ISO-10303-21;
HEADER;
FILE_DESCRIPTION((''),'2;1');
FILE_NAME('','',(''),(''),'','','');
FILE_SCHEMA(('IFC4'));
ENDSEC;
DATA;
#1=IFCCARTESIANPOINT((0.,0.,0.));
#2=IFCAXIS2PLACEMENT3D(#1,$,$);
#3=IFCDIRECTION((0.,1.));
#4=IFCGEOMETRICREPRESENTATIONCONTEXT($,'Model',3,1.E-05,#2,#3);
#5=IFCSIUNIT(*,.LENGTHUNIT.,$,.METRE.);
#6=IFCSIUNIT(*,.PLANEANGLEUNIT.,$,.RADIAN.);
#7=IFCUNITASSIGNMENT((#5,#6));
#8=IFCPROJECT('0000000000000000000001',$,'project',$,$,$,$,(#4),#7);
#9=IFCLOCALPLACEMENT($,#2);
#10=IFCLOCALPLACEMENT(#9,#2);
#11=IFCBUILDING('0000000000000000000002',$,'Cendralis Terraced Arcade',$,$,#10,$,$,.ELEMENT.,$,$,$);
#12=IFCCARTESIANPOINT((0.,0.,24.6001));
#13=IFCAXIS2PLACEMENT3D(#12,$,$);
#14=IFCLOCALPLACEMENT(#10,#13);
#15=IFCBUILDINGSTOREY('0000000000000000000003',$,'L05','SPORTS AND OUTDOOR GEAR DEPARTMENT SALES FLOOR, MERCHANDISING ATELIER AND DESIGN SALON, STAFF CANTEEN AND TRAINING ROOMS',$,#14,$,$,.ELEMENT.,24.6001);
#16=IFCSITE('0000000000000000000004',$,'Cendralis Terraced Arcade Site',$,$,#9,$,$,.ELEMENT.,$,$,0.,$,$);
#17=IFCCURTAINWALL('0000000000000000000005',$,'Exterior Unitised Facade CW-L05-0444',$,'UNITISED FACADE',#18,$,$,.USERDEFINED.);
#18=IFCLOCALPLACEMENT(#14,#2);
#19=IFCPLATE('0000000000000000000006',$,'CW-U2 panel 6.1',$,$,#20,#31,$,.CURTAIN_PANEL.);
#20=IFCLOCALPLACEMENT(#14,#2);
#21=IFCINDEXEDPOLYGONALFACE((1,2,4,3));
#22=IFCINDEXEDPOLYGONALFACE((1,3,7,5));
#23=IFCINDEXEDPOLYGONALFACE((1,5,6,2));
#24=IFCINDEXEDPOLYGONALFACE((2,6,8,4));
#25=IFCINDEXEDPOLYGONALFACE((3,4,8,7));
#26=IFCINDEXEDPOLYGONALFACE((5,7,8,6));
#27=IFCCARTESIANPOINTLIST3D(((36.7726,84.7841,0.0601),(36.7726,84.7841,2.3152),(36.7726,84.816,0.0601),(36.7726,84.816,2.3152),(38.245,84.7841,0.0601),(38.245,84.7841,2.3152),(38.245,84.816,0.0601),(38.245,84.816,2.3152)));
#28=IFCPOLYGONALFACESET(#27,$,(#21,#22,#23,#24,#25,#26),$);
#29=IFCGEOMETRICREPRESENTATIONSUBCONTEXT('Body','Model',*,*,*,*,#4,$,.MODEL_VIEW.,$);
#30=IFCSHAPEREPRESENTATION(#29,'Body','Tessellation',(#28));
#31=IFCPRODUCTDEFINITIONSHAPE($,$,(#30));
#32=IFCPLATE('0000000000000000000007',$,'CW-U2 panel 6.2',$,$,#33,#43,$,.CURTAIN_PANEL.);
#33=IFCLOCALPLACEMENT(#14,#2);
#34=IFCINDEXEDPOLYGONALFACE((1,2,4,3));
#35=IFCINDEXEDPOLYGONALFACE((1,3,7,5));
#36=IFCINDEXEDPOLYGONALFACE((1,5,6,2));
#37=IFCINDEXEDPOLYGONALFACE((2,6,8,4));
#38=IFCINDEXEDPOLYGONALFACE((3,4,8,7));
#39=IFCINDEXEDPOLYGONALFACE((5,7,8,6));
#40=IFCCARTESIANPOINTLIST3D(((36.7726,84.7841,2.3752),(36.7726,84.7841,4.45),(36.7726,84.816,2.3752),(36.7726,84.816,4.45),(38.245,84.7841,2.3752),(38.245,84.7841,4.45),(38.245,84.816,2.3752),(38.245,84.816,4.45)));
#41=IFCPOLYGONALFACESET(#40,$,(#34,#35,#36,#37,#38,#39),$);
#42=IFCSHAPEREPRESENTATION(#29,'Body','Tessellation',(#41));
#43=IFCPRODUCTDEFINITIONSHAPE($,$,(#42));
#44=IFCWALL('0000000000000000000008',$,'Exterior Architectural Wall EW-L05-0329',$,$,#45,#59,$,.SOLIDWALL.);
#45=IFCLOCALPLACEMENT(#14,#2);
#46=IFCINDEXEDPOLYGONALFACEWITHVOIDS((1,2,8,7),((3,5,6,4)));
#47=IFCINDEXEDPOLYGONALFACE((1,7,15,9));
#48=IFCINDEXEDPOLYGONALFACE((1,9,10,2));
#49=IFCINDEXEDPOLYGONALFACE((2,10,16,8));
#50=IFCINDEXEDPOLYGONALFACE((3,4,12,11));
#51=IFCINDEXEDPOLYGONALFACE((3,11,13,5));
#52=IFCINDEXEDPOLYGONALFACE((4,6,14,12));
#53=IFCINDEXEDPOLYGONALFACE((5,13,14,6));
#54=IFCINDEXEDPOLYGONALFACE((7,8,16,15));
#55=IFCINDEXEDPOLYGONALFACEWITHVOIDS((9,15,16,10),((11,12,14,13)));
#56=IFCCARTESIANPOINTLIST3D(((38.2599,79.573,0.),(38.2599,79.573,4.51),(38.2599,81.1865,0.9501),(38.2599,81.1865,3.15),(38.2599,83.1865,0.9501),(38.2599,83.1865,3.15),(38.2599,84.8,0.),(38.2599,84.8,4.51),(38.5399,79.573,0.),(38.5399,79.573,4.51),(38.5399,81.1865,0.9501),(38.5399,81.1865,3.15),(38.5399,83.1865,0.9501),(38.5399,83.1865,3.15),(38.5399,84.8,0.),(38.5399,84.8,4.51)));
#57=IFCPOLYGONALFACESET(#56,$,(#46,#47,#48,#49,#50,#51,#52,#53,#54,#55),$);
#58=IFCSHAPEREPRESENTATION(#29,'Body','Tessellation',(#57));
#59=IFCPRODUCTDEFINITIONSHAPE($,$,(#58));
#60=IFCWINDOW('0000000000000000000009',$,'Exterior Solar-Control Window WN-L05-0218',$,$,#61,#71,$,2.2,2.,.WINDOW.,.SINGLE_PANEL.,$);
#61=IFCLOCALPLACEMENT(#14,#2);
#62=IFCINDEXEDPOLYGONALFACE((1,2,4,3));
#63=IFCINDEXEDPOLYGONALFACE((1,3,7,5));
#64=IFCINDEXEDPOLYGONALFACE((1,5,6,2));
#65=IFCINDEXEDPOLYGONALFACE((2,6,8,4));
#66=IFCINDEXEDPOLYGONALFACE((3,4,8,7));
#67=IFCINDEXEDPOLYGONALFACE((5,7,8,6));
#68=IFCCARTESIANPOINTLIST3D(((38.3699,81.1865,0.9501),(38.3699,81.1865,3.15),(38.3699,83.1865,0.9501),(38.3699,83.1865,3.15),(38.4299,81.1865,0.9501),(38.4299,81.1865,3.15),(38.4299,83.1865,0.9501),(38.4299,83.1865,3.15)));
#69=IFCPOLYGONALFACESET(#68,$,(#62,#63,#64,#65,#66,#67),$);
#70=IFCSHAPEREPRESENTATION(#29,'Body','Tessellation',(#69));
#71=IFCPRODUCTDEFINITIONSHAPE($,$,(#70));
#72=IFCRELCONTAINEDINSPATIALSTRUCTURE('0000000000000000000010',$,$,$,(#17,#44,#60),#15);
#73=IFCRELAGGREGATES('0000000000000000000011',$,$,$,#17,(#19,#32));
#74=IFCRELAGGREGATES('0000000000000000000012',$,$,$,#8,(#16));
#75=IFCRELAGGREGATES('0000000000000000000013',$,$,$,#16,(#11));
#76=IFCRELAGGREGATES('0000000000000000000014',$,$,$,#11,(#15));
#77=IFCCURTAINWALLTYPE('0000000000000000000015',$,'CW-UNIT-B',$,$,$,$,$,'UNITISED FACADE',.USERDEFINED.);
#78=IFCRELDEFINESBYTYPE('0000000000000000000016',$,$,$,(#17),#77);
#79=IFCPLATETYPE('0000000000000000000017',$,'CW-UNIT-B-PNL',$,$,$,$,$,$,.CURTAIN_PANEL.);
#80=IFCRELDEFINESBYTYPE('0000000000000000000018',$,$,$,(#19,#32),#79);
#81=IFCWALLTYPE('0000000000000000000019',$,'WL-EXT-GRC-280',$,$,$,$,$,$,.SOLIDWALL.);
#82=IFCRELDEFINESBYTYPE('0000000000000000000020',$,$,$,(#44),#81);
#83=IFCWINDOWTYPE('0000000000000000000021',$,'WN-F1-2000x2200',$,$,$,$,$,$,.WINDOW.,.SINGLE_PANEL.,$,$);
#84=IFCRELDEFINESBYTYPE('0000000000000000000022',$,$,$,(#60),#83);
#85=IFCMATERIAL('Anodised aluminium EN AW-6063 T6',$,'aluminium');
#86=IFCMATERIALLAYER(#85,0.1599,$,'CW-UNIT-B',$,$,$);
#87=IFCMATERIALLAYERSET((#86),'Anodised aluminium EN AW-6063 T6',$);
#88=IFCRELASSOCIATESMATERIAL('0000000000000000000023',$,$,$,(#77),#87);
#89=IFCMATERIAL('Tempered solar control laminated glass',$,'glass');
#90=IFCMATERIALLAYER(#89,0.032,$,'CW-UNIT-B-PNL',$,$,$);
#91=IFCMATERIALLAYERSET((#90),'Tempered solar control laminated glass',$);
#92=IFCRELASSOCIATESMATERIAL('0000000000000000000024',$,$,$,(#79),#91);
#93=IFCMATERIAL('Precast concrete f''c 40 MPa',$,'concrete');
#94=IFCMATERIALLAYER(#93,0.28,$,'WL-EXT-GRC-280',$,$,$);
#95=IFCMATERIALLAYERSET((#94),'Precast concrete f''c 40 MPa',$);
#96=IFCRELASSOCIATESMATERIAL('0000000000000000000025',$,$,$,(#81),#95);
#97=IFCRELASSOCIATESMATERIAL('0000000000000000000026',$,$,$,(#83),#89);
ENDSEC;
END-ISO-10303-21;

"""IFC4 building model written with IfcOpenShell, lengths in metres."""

from ifc_helpers import new_model, si_unit, direction, frame, frame_2d, origin, origin_2d, place, context, subcontext, project, spatial, rectangle, extrude, material, layer, layer_set, type_object, element, fill, aggregate, save


model = new_model("IFC4")

# Units and contexts
model_context = context("Model", 3, precision=1e-05, world=origin(), true_north=direction((0.0, 1.0)))
body_context = subcontext(model_context, "Body", "Model", "MODEL_VIEW")
ifc_project = project(units=[si_unit("LENGTHUNIT", "METRE"), si_unit("PLANEANGLEUNIT", "RADIAN")], contexts=[model_context])

# Site, building, storey
site_placement = place(None, origin())
site = spatial("IfcSite", under=ifc_project, at=site_placement, Name="Cendralis Terraced Arcade Site", CompositionType="ELEMENT", RefElevation=0.0)
building_placement = place(site_placement, origin())
building = spatial("IfcBuilding", under=site, at=building_placement, Name="Cendralis Terraced Arcade", CompositionType="ELEMENT")
storey_placement = place(building_placement, frame((0.0, 0.0, 24.6001)))
storey = spatial("IfcBuildingStorey", under=building, at=storey_placement, Name="L05", Description="SPORTS AND OUTDOOR GEAR DEPARTMENT SALES FLOOR, MERCHANDISING ATELIER AND DESIGN SALON, STAFF CANTEEN AND TRAINING ROOMS", CompositionType="ELEMENT", Elevation=24.6001)

# Curtain wall, plates
ifc_material_1 = material(Name="Anodised aluminium EN AW-6063 T6", Category="aluminium")
ifc_layer_1 = layer(ifc_material_1, 0.1599, Name="CW-UNIT-B")
ifc_layer_set_1 = layer_set([ifc_layer_1], Name="Anodised aluminium EN AW-6063 T6")
curtain_wall_type = type_object("IfcCurtainWallType", Name="CW-UNIT-B", ElementType="UNITISED FACADE", PredefinedType="USERDEFINED", material=ifc_layer_set_1)
curtain_wall_placement = place(storey_placement, origin())
curtain_wall = element("IfcCurtainWall", 1, at=curtain_wall_placement, inside=storey, type_object=curtain_wall_type, Name="Exterior Unitised Facade CW-L05-0444", ObjectType="UNITISED FACADE", PredefinedType="USERDEFINED")
ifc_material_2 = material(Name="Tempered solar control laminated glass", Category="glass")
ifc_layer_2 = layer(ifc_material_2, 0.032, Name="CW-UNIT-B-PNL")
ifc_layer_set_2 = layer_set([ifc_layer_2], Name="Tempered solar control laminated glass")
plate_type = type_object("IfcPlateType", Name="CW-UNIT-B-PNL", PredefinedType="CURTAIN_PANEL", material=ifc_layer_set_2)
plate_1_placement = place(storey_placement, frame((37.5088, 84.8, 0.0601), z_axis=(0.0, 0.0, 1.0), x_axis=(1.0, 0.0, 0.0)))
plate_1 = element("IfcPlate", 2, at=plate_1_placement, type_object=plate_type, Name="CW-U2 panel 6.1", PredefinedType="CURTAIN_PANEL", context=body_context, shape_type="SweptSolid", body=[
    extrude(rectangle(XDim=1.4724, YDim=0.032, at=origin_2d()), origin(), (0.0, 0.0, 1.0), 2.2551),
])
plate_2_placement = place(storey_placement, frame((37.5088, 84.8, 2.3752), z_axis=(0.0, 0.0, 1.0), x_axis=(1.0, 0.0, 0.0)))
plate_2 = element("IfcPlate", 3, at=plate_2_placement, type_object=plate_type, Name="CW-U2 panel 6.2", PredefinedType="CURTAIN_PANEL", context=body_context, shape_type="SweptSolid", body=[
    extrude(rectangle(XDim=1.4724, YDim=0.032, at=origin_2d()), origin(), (0.0, 0.0, 1.0), 2.0747),
])
aggregate(curtain_wall, [plate_1, plate_2])

# Wall, opening, window
ifc_material_3 = material(Name="Precast concrete f'c 40 MPa", Category="concrete")
ifc_layer_3 = layer(ifc_material_3, 0.28, Name="WL-EXT-GRC-280")
ifc_layer_set_3 = layer_set([ifc_layer_3], Name="Precast concrete f'c 40 MPa")
wall_type = type_object("IfcWallType", Name="WL-EXT-GRC-280", PredefinedType="SOLIDWALL", material=ifc_layer_set_3)
wall_placement = place(storey_placement, frame((38.3999, 84.8, 0.0), z_axis=(0.0, 0.0, 1.0), x_axis=(0.0, -1.0, 0.0)))
wall = element("IfcWall", 4, at=wall_placement, inside=storey, type_object=wall_type, Name="Exterior Architectural Wall EW-L05-0329", PredefinedType="SOLIDWALL", context=body_context, shape_type="SweptSolid", body=[
    extrude(rectangle(XDim=5.2271, YDim=0.28, at=frame_2d((2.6135, 0.0))), origin(), (0.0, 0.0, 1.0), 4.51),
])
opening_placement = place(wall_placement, frame((1.6135, 0.0, 0.95)))
opening = element("IfcOpeningElement", 5, at=opening_placement, cuts=wall, PredefinedType="OPENING", context=body_context, shape_type="SweptSolid", body=[
    extrude(rectangle(XDim=2.0, YDim=2.2, at=frame_2d((1.0, 1.1001))), frame((0.0, 0.1519, 0.0), z_axis=(0.0, -1.0, 0.0), x_axis=(1.0, 0.0, 0.0)), (0.0, 0.0, 1.0), 0.304),
])
window_type = type_object("IfcWindowType", Name="WN-F1-2000x2200", PartitioningType="SINGLE_PANEL", PredefinedType="WINDOW", material=ifc_material_2)
window_placement = place(opening_placement, origin())
window = element("IfcWindow", 6, at=window_placement, inside=storey, type_object=window_type, Name="Exterior Solar-Control Window WN-L05-0218", OverallHeight=2.2, OverallWidth=2.0, PartitioningType="SINGLE_PANEL", PredefinedType="WINDOW", context=body_context, shape_type="SweptSolid", body=[
    extrude(rectangle(XDim=2.0, YDim=2.2, at=frame_2d((1.0, 1.1001))), frame((0.0, 0.03, 0.0), z_axis=(0.0, -1.0, 0.0), x_axis=(1.0, 0.0, 0.0)), (0.0, 0.0, 1.0), 0.0601),
])
fill(opening, window)

save(model, "model.ifc")
